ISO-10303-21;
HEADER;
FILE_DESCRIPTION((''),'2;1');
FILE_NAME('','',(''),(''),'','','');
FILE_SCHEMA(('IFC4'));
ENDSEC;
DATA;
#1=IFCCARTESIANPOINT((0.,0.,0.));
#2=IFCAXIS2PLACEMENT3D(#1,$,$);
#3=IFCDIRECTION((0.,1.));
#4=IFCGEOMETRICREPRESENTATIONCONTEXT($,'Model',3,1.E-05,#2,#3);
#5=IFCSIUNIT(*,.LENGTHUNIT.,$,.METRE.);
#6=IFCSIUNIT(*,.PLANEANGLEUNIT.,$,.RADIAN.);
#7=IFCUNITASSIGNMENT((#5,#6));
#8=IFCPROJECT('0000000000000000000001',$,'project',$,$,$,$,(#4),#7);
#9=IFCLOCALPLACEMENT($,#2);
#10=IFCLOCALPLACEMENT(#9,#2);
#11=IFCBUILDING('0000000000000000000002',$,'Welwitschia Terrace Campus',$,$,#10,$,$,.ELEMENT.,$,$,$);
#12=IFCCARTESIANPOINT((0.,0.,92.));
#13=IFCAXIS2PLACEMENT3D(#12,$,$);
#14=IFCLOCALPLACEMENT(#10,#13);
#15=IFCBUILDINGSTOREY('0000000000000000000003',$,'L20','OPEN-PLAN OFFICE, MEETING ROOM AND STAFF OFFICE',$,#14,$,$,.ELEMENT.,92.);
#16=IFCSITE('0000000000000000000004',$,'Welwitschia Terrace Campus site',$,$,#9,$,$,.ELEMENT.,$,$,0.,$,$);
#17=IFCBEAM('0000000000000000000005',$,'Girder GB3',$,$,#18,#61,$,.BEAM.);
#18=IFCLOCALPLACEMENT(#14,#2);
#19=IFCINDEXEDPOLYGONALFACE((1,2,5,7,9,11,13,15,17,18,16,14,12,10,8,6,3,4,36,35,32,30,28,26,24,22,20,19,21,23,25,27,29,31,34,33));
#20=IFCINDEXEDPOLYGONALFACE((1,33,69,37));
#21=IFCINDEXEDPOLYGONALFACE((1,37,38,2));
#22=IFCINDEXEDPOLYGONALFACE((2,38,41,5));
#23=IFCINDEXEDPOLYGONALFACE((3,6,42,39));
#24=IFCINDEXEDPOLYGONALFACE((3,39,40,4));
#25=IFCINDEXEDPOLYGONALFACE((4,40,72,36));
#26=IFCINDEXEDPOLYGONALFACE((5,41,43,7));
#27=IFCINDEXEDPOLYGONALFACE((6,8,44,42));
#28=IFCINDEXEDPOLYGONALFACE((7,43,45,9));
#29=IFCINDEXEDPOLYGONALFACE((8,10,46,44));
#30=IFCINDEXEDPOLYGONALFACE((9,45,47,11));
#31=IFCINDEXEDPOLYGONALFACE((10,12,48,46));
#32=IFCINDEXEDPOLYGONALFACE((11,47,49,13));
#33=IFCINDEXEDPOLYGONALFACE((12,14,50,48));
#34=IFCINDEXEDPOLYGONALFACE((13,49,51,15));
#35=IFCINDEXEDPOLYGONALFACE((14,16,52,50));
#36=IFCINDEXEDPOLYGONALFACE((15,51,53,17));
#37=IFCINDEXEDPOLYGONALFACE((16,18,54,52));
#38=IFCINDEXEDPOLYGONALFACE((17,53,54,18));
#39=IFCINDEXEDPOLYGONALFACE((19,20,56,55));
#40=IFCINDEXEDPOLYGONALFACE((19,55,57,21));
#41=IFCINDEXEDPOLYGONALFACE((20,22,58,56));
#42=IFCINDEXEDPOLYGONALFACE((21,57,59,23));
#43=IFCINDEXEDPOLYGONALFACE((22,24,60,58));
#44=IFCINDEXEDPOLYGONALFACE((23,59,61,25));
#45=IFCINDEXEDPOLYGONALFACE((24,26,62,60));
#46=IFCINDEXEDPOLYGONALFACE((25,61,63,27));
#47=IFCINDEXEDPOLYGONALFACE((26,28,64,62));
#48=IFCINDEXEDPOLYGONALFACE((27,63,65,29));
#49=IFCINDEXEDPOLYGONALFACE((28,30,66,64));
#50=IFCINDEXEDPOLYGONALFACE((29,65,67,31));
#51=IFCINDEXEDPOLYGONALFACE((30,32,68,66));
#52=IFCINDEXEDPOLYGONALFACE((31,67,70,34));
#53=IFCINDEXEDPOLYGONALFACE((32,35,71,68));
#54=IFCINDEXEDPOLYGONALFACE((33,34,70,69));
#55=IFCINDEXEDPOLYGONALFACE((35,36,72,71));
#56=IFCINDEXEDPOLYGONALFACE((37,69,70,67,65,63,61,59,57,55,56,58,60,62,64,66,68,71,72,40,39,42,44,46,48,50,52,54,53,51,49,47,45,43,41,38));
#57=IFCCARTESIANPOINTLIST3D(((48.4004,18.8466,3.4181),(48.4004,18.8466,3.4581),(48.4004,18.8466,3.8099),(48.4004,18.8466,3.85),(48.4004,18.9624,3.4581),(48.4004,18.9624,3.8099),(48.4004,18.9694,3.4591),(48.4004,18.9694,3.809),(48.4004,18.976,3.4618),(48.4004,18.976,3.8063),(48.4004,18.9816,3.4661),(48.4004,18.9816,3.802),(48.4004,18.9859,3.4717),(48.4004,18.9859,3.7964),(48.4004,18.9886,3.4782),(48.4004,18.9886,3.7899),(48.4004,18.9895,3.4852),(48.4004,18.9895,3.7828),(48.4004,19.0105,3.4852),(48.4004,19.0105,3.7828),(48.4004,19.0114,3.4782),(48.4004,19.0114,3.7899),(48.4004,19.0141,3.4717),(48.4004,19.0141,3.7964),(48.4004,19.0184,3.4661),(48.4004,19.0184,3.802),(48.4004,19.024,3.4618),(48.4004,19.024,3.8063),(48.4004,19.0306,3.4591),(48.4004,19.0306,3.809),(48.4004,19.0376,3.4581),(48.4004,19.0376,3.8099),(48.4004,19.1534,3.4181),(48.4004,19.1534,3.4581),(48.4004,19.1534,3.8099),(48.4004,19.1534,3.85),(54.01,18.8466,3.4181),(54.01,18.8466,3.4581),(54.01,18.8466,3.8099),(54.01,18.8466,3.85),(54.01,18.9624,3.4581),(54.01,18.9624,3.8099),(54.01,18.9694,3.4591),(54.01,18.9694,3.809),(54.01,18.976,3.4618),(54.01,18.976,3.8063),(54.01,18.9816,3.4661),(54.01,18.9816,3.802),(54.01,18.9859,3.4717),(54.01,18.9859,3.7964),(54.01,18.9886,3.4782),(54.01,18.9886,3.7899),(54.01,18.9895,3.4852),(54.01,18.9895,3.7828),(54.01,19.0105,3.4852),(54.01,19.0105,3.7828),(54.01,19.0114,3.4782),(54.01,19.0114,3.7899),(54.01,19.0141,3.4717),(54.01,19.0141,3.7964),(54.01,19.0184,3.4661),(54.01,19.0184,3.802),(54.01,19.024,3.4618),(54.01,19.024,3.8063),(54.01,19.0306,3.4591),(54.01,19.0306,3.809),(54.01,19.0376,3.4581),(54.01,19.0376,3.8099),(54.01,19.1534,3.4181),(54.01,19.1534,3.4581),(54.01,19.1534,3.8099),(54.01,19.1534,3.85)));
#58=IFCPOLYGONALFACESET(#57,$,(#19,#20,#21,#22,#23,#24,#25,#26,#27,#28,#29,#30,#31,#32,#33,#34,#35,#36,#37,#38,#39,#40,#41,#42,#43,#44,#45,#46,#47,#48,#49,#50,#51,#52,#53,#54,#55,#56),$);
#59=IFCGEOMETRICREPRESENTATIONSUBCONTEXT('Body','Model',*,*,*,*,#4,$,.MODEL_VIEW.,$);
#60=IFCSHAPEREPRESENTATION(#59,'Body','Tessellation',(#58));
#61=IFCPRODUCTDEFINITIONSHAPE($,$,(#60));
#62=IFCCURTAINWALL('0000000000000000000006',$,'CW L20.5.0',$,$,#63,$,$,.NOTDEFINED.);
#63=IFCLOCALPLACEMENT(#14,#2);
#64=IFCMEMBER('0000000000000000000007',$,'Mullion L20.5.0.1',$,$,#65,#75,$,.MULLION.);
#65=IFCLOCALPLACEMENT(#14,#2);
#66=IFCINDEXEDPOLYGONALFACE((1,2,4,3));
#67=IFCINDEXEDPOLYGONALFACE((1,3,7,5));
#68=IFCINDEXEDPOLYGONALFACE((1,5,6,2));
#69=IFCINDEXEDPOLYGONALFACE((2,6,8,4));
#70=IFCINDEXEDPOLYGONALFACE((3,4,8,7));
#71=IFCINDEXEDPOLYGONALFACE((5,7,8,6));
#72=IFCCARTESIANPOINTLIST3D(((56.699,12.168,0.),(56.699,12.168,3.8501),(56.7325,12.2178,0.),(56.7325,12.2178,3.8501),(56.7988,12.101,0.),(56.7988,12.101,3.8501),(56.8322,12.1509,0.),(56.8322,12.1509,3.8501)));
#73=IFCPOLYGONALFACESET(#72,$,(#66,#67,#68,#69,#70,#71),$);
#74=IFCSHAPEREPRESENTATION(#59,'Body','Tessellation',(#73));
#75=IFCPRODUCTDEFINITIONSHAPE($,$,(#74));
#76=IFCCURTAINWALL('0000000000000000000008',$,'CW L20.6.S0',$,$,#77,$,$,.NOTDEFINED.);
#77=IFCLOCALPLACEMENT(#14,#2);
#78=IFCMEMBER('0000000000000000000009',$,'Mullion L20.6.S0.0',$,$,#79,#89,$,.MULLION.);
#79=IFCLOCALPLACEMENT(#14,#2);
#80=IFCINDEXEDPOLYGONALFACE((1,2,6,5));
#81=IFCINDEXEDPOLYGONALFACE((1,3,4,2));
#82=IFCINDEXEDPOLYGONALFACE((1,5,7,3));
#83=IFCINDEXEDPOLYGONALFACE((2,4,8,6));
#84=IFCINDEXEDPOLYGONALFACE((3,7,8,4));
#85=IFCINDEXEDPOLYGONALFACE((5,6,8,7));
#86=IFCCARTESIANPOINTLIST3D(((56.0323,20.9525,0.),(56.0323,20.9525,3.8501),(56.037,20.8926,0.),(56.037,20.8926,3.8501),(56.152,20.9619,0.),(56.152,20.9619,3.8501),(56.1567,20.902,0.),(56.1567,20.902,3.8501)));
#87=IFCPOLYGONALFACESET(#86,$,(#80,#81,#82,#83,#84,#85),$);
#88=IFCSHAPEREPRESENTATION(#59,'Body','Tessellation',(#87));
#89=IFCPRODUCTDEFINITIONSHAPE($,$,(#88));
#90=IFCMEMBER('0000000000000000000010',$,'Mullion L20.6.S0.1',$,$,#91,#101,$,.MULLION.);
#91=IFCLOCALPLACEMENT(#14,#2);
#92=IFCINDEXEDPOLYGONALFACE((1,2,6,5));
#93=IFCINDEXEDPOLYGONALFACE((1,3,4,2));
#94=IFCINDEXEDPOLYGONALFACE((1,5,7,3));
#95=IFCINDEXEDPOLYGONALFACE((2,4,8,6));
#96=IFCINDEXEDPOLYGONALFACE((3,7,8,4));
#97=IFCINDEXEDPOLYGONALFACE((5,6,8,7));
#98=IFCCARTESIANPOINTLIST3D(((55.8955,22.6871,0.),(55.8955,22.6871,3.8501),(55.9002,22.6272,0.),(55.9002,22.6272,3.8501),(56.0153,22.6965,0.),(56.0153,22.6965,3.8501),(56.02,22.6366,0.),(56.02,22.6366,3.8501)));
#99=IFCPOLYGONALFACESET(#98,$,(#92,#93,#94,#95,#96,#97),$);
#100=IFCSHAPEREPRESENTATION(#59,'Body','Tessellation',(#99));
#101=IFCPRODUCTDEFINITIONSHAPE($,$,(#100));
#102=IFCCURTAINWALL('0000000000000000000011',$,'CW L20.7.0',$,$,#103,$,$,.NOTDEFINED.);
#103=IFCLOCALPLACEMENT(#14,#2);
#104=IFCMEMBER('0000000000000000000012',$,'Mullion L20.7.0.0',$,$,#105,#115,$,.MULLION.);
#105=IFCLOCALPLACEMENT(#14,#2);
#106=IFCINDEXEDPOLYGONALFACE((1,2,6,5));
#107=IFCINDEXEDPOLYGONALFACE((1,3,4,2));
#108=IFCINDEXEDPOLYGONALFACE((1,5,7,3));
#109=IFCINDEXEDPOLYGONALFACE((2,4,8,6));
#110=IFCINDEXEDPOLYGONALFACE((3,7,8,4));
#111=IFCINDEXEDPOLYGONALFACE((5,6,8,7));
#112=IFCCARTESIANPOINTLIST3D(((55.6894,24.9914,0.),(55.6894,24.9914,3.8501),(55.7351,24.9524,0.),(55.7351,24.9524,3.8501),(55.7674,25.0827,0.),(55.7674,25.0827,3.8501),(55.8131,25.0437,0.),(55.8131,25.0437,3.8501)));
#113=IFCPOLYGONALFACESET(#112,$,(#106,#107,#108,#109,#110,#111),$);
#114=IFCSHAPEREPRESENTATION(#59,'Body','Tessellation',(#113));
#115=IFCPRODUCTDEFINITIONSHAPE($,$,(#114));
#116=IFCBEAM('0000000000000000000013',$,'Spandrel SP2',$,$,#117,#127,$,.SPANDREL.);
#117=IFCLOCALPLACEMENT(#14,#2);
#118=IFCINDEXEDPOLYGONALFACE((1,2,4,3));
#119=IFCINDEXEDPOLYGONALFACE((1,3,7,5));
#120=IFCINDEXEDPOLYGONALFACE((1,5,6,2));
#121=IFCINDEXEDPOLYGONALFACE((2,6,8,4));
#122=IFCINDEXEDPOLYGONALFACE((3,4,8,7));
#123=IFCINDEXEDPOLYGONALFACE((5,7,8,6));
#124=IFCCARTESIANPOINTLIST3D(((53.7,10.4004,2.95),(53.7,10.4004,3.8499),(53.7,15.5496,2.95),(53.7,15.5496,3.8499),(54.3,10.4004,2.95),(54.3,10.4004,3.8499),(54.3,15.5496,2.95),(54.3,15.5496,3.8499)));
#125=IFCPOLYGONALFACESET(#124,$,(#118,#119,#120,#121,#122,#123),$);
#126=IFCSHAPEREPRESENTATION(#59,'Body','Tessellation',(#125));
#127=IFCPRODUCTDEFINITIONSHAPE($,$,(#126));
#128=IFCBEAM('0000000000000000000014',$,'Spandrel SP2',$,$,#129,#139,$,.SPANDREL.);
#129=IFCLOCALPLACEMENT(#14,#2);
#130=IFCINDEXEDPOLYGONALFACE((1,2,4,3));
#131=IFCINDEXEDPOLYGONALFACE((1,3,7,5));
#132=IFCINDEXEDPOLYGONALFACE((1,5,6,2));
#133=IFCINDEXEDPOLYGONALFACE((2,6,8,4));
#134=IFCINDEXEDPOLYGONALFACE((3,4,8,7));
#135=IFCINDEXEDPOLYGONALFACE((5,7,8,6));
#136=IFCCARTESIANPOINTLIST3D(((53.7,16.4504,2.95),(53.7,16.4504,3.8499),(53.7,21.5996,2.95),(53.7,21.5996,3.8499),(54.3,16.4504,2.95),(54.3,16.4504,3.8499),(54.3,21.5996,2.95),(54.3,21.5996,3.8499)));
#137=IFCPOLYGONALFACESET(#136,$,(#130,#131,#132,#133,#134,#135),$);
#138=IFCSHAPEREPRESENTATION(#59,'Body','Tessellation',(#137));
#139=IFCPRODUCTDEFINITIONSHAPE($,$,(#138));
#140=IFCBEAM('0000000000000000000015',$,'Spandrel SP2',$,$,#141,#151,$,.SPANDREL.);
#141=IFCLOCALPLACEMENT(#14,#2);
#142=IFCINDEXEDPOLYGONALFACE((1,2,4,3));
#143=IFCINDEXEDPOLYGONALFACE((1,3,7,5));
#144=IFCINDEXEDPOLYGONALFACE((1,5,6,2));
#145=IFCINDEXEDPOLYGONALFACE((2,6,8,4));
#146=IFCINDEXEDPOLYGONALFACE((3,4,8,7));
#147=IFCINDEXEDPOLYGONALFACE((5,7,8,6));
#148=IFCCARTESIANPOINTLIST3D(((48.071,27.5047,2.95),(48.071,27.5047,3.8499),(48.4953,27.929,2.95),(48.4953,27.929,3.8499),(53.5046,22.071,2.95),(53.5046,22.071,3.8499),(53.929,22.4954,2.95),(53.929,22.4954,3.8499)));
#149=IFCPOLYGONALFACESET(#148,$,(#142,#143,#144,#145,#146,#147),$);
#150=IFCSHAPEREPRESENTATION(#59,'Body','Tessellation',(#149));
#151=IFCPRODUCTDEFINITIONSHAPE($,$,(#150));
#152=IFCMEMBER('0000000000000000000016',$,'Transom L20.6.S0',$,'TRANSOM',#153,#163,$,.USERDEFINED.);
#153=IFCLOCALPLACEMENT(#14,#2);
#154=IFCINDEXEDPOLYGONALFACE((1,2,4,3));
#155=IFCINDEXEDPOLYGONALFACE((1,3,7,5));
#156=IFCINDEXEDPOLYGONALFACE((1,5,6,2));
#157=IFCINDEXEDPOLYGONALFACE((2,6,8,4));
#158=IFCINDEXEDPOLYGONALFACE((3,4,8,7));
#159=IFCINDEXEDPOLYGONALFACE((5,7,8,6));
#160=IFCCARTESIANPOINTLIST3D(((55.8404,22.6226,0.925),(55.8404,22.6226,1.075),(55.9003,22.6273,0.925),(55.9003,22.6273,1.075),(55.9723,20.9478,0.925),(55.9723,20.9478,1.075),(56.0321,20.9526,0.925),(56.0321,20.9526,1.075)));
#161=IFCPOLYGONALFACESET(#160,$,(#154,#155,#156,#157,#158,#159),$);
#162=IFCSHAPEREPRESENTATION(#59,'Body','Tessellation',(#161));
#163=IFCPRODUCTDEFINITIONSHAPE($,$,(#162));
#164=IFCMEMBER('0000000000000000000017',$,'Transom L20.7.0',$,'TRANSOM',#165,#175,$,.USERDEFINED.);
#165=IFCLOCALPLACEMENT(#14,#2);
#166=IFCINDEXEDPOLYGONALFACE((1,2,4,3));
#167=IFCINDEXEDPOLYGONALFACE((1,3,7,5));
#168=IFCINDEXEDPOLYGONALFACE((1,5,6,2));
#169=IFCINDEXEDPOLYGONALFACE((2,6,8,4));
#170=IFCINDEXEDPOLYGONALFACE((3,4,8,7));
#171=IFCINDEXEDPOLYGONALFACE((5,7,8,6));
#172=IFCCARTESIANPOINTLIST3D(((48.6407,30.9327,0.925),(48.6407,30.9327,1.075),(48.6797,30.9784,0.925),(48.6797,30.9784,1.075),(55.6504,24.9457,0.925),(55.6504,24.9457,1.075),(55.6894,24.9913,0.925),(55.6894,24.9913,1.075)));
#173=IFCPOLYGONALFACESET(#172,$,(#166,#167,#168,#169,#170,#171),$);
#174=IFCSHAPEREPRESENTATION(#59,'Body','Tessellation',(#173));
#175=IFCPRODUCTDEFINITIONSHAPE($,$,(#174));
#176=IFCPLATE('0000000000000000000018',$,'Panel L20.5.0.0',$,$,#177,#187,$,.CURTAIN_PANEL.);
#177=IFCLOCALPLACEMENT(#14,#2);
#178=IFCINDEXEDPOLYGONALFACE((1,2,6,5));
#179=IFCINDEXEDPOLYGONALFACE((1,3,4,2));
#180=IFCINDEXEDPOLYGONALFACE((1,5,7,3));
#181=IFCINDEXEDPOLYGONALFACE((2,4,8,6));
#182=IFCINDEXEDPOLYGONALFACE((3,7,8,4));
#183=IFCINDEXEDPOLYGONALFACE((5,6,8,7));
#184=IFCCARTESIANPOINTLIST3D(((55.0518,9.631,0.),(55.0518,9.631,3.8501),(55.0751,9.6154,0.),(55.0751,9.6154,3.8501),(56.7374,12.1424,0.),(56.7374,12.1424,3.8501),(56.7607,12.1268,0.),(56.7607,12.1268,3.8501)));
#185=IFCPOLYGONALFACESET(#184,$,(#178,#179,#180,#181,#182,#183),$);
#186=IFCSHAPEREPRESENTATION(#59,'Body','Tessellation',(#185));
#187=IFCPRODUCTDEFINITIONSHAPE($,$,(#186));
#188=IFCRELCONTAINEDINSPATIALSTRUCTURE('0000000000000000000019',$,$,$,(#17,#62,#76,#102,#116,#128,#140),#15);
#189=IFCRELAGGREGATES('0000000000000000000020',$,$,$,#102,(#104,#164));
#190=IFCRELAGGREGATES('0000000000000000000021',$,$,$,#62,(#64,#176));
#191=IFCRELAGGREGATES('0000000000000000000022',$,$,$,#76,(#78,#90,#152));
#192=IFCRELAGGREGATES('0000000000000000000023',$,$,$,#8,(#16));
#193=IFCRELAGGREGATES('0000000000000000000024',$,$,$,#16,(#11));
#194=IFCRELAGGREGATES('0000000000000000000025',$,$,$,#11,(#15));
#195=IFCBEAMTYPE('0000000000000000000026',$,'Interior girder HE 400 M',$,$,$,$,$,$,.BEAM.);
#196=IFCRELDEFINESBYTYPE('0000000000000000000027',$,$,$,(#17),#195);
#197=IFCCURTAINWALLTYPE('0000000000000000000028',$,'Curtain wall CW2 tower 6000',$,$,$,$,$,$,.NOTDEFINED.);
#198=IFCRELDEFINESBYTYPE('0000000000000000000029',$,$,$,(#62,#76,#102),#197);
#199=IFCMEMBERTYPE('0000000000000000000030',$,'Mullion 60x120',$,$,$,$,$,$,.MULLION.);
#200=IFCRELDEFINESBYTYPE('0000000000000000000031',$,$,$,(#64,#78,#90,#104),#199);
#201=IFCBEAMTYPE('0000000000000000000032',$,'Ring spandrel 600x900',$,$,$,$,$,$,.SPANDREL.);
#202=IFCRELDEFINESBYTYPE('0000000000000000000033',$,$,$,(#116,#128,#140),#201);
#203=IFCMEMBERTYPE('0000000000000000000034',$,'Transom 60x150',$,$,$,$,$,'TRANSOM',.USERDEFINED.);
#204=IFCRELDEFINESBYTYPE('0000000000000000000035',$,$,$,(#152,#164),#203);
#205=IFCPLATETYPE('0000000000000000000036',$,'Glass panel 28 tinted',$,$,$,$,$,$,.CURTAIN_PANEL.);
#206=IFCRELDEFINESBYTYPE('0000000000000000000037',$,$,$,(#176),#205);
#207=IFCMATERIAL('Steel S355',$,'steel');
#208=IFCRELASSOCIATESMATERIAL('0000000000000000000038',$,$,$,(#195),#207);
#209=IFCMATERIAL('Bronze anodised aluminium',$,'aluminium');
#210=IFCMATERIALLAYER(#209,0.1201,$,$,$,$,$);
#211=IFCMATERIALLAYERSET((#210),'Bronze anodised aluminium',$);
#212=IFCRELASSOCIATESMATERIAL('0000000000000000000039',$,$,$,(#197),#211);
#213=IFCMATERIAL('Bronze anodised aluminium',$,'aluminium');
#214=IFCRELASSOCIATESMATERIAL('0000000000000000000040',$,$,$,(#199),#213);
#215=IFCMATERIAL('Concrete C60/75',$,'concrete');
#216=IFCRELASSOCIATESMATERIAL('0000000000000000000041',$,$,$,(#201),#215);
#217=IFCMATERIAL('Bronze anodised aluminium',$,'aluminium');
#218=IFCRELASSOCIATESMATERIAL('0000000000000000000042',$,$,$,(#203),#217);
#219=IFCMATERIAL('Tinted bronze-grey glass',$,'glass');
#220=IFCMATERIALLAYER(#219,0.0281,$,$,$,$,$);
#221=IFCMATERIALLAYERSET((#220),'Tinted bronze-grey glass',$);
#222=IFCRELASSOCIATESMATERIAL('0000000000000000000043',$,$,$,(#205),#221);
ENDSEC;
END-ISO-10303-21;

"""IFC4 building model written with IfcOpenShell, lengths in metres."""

from ifc_helpers import new_model, si_unit, direction, frame, origin, origin_2d, place, context, subcontext, project, spatial, rectangle, i_section, extrude, material, layer, layer_set, material_profile, profile_set, type_object, element, aggregate, save


model = new_model("IFC4")

# Units and contexts
model_context = context("Model", 3, precision=1e-05, world=origin(), true_north=direction((0.0, 1.0)))
body_context = subcontext(model_context, "Body", "Model", "MODEL_VIEW")
ifc_project = project(units=[si_unit("LENGTHUNIT", "METRE"), si_unit("PLANEANGLEUNIT", "RADIAN")], contexts=[model_context])

# Site, building, storey
site_placement = place(None, origin())
site = spatial("IfcSite", under=ifc_project, at=site_placement, Name="Welwitschia Terrace Campus site", CompositionType="ELEMENT", RefElevation=0.0)
building_placement = place(site_placement, origin())
building = spatial("IfcBuilding", under=site, at=building_placement, Name="Welwitschia Terrace Campus", CompositionType="ELEMENT")
storey_placement = place(building_placement, frame((0.0, 0.0, 92.0)))
storey = spatial("IfcBuildingStorey", under=building, at=storey_placement, Name="L20", Description="OPEN-PLAN OFFICE, MEETING ROOM AND STAFF OFFICE", CompositionType="ELEMENT", Elevation=92.0)

# Beam
ifc_material_1 = material(Name="Steel S355", Category="steel")
ifc_material_profile_1 = material_profile(ifc_material_1, i_section(OverallWidth=0.3069, OverallDepth=0.4319, WebThickness=0.021, FlangeThickness=0.04, FilletRadius=0.0271, at=origin_2d()))
ifc_profile_set_1 = profile_set([ifc_material_profile_1], Name="Steel S355")
beam_type_1 = type_object("IfcBeamType", Name="Interior girder HE 400 M", PredefinedType="BEAM", material=ifc_profile_set_1)
for number, where, z_axis, x_axis, name in (
    (1, (48.4004, 19.0, 3.634), (1.0, 0.0, 0.0), (0.0, 1.0, 0.0), "Girder GB3"),
):
    element("IfcBeam", number, at=place(storey_placement, frame(where, z_axis=z_axis, x_axis=x_axis)), inside=storey, type_object=beam_type_1, Name=name, PredefinedType="BEAM", context=body_context, shape_type="SweptSolid", body=[
        extrude(i_section(OverallWidth=0.3069, OverallDepth=0.4319, WebThickness=0.021, FlangeThickness=0.04, FilletRadius=0.0271, at=origin_2d()), origin(), (0.0, 0.0, 1.0), 5.6096),
    ])

# Curtain wall, member
ifc_material_2 = material(Name="Bronze anodised aluminium", Category="aluminium")
ifc_layer_1 = layer(ifc_material_2, 0.1201)
ifc_layer_set_1 = layer_set([ifc_layer_1], Name="Bronze anodised aluminium")
curtain_wall_type = type_object("IfcCurtainWallType", Name="Curtain wall CW2 tower 6000", PredefinedType="NOTDEFINED", material=ifc_layer_set_1)
curtain_wall_1_placement = place(storey_placement, origin())
curtain_wall_1 = element("IfcCurtainWall", 2, at=curtain_wall_1_placement, inside=storey, type_object=curtain_wall_type, Name="CW L20.5.0", PredefinedType="NOTDEFINED")
ifc_material_3 = material(Name="Bronze anodised aluminium", Category="aluminium")
ifc_material_profile_2 = material_profile(ifc_material_3, rectangle(XDim=0.1201, YDim=0.0601, at=origin_2d()))
ifc_profile_set_2 = profile_set([ifc_material_profile_2], Name="Bronze anodised aluminium")
member_type_1 = type_object("IfcMemberType", Name="Mullion 60x120", PredefinedType="MULLION", material=ifc_profile_set_2)
member_1_placement = place(storey_placement, frame((56.7656, 12.1594, 0.0), z_axis=(0.0, 0.0, 1.0), x_axis=(-0.830319, 0.557289, 0.0)))
member_1 = element("IfcMember", 3, at=member_1_placement, type_object=member_type_1, Name="Mullion L20.5.0.1", PredefinedType="MULLION", context=body_context, shape_type="SweptSolid", body=[
    extrude(rectangle(XDim=0.1201, YDim=0.0601, at=origin_2d()), origin(), (0.0, 0.0, 1.0), 3.8501),
])

# Curtain wall, members
curtain_wall_2_placement = place(storey_placement, origin())
curtain_wall_2 = element("IfcCurtainWall", 4, at=curtain_wall_2_placement, inside=storey, type_object=curtain_wall_type, Name="CW L20.6.S0", PredefinedType="NOTDEFINED")
member_2_placement = place(storey_placement, frame((56.0945, 20.9272, 0.0), z_axis=(0.0, 0.0, 1.0), x_axis=(-0.996917, -0.078459, 0.0)))
member_2 = element("IfcMember", 5, at=member_2_placement, type_object=member_type_1, Name="Mullion L20.6.S0.0", PredefinedType="MULLION", context=body_context, shape_type="SweptSolid", body=[
    extrude(rectangle(XDim=0.1201, YDim=0.0601, at=origin_2d()), origin(), (0.0, 0.0, 1.0), 3.8501),
])
member_3_placement = place(storey_placement, frame((55.9578, 22.6619, 0.0), z_axis=(0.0, 0.0, 1.0), x_axis=(-0.996917, -0.078459, 0.0)))
member_3 = element("IfcMember", 6, at=member_3_placement, type_object=member_type_1, Name="Mullion L20.6.S0.1", PredefinedType="MULLION", context=body_context, shape_type="SweptSolid", body=[
    extrude(rectangle(XDim=0.1201, YDim=0.0601, at=origin_2d()), origin(), (0.0, 0.0, 1.0), 3.8501),
])

# Curtain wall, member
curtain_wall_3_placement = place(storey_placement, origin())
curtain_wall_3 = element("IfcCurtainWall", 7, at=curtain_wall_3_placement, inside=storey, type_object=curtain_wall_type, Name="CW L20.7.0", PredefinedType="NOTDEFINED")
member_4_placement = place(storey_placement, frame((55.7512, 25.0176, 0.0), z_axis=(0.0, 0.0, 1.0), x_axis=(-0.649448, -0.760406, 0.0)))
member_4 = element("IfcMember", 8, at=member_4_placement, type_object=member_type_1, Name="Mullion L20.7.0.0", PredefinedType="MULLION", context=body_context, shape_type="SweptSolid", body=[
    extrude(rectangle(XDim=0.1201, YDim=0.0601, at=origin_2d()), origin(), (0.0, 0.0, 1.0), 3.8501),
])

# Beams
ifc_material_4 = material(Name="Concrete C60/75", Category="concrete")
ifc_material_profile_3 = material_profile(ifc_material_4, rectangle(XDim=0.6001, YDim=0.8999, at=origin_2d()))
ifc_profile_set_3 = profile_set([ifc_material_profile_3], Name="Concrete C60/75")
beam_type_2 = type_object("IfcBeamType", Name="Ring spandrel 600x900", PredefinedType="SPANDREL", material=ifc_profile_set_3)
for number, where, z_axis, x_axis, name in (
    (9, (54.0, 10.4004, 3.3999), (0.0, 1.0, 0.0), (-1.0, 0.0, 0.0), "Spandrel SP2"),
    (10, (54.0, 16.4504, 3.3999), (0.0, 1.0, 0.0), (-1.0, 0.0, 0.0), "Spandrel SP2"),
):
    element("IfcBeam", number, at=place(storey_placement, frame(where, z_axis=z_axis, x_axis=x_axis)), inside=storey, type_object=beam_type_2, Name=name, PredefinedType="SPANDREL", context=body_context, shape_type="SweptSolid", body=[
        extrude(rectangle(XDim=0.6001, YDim=0.8999, at=origin_2d()), origin(), (0.0, 0.0, 1.0), 5.1492),
    ])
beam_placement = place(storey_placement, frame((53.7168, 22.2832, 3.3999), z_axis=(-0.707107, 0.707107, 0.0), x_axis=(-0.707107, -0.707107, 0.0)))
element("IfcBeam", 11, at=beam_placement, inside=storey, type_object=beam_type_2, Name="Spandrel SP2", PredefinedType="SPANDREL", context=body_context, shape_type="SweptSolid", body=[
    extrude(rectangle(XDim=0.6001, YDim=0.8999, at=origin_2d()), origin(), (0.0, 0.0, 1.0), 7.6843),
])

# Members
ifc_material_5 = material(Name="Bronze anodised aluminium", Category="aluminium")
ifc_material_profile_4 = material_profile(ifc_material_5, rectangle(XDim=0.0601, YDim=0.1499, at=origin_2d()))
ifc_profile_set_4 = profile_set([ifc_material_profile_4], Name="Bronze anodised aluminium")
member_type_2 = type_object("IfcMemberType", Name="Transom 60x150", ElementType="TRANSOM", PredefinedType="USERDEFINED", material=ifc_profile_set_4)
member_5_placement = place(storey_placement, frame((56.0022, 20.9502, 1.0), z_axis=(-0.078474, 0.996916, 0.0), x_axis=(-0.996916, -0.078474, 0.0)))
member_5 = element("IfcMember", 12, at=member_5_placement, type_object=member_type_2, Name="Transom L20.6.S0", ObjectType="TRANSOM", PredefinedType="USERDEFINED", context=body_context, shape_type="SweptSolid", body=[
    extrude(rectangle(XDim=0.0601, YDim=0.1499, at=origin_2d()), origin(), (0.0, 0.0, 1.0), 1.6799),
])
member_6_placement = place(storey_placement, frame((55.6699, 24.9685, 1.0), z_axis=(-0.760398, 0.649458, 0.0), x_axis=(-0.649458, -0.760398, 0.0)))
member_6 = element("IfcMember", 13, at=member_6_placement, type_object=member_type_2, Name="Transom L20.7.0", ObjectType="TRANSOM", PredefinedType="USERDEFINED", context=body_context, shape_type="SweptSolid", body=[
    extrude(rectangle(XDim=0.0601, YDim=0.1499, at=origin_2d()), origin(), (0.0, 0.0, 1.0), 9.2185),
])
aggregate(curtain_wall_3, [member_4, member_6])

# Plate
ifc_material_6 = material(Name="Tinted bronze-grey glass", Category="glass")
ifc_layer_2 = layer(ifc_material_6, 0.0281)
ifc_layer_set_2 = layer_set([ifc_layer_2], Name="Tinted bronze-grey glass")
plate_type = type_object("IfcPlateType", Name="Glass panel 28 tinted", PredefinedType="CURTAIN_PANEL", material=ifc_layer_set_2)
plate_1_placement = place(storey_placement, frame((55.9062, 10.8789, 0.0), z_axis=(0.0, 0.0, 1.0), x_axis=(0.557289, 0.830319, 0.0)))
plate_1 = element("IfcPlate", 14, at=plate_1_placement, type_object=plate_type, Name="Panel L20.5.0.0", PredefinedType="CURTAIN_PANEL", context=body_context, shape_type="SweptSolid", body=[
    extrude(rectangle(XDim=3.0247, YDim=0.0281, at=origin_2d()), origin(), (0.0, 0.0, 1.0), 3.8501),
])
aggregate(curtain_wall_1, [member_1, plate_1])
aggregate(curtain_wall_2, [member_2, member_3, member_5])

save(model, "model.ifc")
